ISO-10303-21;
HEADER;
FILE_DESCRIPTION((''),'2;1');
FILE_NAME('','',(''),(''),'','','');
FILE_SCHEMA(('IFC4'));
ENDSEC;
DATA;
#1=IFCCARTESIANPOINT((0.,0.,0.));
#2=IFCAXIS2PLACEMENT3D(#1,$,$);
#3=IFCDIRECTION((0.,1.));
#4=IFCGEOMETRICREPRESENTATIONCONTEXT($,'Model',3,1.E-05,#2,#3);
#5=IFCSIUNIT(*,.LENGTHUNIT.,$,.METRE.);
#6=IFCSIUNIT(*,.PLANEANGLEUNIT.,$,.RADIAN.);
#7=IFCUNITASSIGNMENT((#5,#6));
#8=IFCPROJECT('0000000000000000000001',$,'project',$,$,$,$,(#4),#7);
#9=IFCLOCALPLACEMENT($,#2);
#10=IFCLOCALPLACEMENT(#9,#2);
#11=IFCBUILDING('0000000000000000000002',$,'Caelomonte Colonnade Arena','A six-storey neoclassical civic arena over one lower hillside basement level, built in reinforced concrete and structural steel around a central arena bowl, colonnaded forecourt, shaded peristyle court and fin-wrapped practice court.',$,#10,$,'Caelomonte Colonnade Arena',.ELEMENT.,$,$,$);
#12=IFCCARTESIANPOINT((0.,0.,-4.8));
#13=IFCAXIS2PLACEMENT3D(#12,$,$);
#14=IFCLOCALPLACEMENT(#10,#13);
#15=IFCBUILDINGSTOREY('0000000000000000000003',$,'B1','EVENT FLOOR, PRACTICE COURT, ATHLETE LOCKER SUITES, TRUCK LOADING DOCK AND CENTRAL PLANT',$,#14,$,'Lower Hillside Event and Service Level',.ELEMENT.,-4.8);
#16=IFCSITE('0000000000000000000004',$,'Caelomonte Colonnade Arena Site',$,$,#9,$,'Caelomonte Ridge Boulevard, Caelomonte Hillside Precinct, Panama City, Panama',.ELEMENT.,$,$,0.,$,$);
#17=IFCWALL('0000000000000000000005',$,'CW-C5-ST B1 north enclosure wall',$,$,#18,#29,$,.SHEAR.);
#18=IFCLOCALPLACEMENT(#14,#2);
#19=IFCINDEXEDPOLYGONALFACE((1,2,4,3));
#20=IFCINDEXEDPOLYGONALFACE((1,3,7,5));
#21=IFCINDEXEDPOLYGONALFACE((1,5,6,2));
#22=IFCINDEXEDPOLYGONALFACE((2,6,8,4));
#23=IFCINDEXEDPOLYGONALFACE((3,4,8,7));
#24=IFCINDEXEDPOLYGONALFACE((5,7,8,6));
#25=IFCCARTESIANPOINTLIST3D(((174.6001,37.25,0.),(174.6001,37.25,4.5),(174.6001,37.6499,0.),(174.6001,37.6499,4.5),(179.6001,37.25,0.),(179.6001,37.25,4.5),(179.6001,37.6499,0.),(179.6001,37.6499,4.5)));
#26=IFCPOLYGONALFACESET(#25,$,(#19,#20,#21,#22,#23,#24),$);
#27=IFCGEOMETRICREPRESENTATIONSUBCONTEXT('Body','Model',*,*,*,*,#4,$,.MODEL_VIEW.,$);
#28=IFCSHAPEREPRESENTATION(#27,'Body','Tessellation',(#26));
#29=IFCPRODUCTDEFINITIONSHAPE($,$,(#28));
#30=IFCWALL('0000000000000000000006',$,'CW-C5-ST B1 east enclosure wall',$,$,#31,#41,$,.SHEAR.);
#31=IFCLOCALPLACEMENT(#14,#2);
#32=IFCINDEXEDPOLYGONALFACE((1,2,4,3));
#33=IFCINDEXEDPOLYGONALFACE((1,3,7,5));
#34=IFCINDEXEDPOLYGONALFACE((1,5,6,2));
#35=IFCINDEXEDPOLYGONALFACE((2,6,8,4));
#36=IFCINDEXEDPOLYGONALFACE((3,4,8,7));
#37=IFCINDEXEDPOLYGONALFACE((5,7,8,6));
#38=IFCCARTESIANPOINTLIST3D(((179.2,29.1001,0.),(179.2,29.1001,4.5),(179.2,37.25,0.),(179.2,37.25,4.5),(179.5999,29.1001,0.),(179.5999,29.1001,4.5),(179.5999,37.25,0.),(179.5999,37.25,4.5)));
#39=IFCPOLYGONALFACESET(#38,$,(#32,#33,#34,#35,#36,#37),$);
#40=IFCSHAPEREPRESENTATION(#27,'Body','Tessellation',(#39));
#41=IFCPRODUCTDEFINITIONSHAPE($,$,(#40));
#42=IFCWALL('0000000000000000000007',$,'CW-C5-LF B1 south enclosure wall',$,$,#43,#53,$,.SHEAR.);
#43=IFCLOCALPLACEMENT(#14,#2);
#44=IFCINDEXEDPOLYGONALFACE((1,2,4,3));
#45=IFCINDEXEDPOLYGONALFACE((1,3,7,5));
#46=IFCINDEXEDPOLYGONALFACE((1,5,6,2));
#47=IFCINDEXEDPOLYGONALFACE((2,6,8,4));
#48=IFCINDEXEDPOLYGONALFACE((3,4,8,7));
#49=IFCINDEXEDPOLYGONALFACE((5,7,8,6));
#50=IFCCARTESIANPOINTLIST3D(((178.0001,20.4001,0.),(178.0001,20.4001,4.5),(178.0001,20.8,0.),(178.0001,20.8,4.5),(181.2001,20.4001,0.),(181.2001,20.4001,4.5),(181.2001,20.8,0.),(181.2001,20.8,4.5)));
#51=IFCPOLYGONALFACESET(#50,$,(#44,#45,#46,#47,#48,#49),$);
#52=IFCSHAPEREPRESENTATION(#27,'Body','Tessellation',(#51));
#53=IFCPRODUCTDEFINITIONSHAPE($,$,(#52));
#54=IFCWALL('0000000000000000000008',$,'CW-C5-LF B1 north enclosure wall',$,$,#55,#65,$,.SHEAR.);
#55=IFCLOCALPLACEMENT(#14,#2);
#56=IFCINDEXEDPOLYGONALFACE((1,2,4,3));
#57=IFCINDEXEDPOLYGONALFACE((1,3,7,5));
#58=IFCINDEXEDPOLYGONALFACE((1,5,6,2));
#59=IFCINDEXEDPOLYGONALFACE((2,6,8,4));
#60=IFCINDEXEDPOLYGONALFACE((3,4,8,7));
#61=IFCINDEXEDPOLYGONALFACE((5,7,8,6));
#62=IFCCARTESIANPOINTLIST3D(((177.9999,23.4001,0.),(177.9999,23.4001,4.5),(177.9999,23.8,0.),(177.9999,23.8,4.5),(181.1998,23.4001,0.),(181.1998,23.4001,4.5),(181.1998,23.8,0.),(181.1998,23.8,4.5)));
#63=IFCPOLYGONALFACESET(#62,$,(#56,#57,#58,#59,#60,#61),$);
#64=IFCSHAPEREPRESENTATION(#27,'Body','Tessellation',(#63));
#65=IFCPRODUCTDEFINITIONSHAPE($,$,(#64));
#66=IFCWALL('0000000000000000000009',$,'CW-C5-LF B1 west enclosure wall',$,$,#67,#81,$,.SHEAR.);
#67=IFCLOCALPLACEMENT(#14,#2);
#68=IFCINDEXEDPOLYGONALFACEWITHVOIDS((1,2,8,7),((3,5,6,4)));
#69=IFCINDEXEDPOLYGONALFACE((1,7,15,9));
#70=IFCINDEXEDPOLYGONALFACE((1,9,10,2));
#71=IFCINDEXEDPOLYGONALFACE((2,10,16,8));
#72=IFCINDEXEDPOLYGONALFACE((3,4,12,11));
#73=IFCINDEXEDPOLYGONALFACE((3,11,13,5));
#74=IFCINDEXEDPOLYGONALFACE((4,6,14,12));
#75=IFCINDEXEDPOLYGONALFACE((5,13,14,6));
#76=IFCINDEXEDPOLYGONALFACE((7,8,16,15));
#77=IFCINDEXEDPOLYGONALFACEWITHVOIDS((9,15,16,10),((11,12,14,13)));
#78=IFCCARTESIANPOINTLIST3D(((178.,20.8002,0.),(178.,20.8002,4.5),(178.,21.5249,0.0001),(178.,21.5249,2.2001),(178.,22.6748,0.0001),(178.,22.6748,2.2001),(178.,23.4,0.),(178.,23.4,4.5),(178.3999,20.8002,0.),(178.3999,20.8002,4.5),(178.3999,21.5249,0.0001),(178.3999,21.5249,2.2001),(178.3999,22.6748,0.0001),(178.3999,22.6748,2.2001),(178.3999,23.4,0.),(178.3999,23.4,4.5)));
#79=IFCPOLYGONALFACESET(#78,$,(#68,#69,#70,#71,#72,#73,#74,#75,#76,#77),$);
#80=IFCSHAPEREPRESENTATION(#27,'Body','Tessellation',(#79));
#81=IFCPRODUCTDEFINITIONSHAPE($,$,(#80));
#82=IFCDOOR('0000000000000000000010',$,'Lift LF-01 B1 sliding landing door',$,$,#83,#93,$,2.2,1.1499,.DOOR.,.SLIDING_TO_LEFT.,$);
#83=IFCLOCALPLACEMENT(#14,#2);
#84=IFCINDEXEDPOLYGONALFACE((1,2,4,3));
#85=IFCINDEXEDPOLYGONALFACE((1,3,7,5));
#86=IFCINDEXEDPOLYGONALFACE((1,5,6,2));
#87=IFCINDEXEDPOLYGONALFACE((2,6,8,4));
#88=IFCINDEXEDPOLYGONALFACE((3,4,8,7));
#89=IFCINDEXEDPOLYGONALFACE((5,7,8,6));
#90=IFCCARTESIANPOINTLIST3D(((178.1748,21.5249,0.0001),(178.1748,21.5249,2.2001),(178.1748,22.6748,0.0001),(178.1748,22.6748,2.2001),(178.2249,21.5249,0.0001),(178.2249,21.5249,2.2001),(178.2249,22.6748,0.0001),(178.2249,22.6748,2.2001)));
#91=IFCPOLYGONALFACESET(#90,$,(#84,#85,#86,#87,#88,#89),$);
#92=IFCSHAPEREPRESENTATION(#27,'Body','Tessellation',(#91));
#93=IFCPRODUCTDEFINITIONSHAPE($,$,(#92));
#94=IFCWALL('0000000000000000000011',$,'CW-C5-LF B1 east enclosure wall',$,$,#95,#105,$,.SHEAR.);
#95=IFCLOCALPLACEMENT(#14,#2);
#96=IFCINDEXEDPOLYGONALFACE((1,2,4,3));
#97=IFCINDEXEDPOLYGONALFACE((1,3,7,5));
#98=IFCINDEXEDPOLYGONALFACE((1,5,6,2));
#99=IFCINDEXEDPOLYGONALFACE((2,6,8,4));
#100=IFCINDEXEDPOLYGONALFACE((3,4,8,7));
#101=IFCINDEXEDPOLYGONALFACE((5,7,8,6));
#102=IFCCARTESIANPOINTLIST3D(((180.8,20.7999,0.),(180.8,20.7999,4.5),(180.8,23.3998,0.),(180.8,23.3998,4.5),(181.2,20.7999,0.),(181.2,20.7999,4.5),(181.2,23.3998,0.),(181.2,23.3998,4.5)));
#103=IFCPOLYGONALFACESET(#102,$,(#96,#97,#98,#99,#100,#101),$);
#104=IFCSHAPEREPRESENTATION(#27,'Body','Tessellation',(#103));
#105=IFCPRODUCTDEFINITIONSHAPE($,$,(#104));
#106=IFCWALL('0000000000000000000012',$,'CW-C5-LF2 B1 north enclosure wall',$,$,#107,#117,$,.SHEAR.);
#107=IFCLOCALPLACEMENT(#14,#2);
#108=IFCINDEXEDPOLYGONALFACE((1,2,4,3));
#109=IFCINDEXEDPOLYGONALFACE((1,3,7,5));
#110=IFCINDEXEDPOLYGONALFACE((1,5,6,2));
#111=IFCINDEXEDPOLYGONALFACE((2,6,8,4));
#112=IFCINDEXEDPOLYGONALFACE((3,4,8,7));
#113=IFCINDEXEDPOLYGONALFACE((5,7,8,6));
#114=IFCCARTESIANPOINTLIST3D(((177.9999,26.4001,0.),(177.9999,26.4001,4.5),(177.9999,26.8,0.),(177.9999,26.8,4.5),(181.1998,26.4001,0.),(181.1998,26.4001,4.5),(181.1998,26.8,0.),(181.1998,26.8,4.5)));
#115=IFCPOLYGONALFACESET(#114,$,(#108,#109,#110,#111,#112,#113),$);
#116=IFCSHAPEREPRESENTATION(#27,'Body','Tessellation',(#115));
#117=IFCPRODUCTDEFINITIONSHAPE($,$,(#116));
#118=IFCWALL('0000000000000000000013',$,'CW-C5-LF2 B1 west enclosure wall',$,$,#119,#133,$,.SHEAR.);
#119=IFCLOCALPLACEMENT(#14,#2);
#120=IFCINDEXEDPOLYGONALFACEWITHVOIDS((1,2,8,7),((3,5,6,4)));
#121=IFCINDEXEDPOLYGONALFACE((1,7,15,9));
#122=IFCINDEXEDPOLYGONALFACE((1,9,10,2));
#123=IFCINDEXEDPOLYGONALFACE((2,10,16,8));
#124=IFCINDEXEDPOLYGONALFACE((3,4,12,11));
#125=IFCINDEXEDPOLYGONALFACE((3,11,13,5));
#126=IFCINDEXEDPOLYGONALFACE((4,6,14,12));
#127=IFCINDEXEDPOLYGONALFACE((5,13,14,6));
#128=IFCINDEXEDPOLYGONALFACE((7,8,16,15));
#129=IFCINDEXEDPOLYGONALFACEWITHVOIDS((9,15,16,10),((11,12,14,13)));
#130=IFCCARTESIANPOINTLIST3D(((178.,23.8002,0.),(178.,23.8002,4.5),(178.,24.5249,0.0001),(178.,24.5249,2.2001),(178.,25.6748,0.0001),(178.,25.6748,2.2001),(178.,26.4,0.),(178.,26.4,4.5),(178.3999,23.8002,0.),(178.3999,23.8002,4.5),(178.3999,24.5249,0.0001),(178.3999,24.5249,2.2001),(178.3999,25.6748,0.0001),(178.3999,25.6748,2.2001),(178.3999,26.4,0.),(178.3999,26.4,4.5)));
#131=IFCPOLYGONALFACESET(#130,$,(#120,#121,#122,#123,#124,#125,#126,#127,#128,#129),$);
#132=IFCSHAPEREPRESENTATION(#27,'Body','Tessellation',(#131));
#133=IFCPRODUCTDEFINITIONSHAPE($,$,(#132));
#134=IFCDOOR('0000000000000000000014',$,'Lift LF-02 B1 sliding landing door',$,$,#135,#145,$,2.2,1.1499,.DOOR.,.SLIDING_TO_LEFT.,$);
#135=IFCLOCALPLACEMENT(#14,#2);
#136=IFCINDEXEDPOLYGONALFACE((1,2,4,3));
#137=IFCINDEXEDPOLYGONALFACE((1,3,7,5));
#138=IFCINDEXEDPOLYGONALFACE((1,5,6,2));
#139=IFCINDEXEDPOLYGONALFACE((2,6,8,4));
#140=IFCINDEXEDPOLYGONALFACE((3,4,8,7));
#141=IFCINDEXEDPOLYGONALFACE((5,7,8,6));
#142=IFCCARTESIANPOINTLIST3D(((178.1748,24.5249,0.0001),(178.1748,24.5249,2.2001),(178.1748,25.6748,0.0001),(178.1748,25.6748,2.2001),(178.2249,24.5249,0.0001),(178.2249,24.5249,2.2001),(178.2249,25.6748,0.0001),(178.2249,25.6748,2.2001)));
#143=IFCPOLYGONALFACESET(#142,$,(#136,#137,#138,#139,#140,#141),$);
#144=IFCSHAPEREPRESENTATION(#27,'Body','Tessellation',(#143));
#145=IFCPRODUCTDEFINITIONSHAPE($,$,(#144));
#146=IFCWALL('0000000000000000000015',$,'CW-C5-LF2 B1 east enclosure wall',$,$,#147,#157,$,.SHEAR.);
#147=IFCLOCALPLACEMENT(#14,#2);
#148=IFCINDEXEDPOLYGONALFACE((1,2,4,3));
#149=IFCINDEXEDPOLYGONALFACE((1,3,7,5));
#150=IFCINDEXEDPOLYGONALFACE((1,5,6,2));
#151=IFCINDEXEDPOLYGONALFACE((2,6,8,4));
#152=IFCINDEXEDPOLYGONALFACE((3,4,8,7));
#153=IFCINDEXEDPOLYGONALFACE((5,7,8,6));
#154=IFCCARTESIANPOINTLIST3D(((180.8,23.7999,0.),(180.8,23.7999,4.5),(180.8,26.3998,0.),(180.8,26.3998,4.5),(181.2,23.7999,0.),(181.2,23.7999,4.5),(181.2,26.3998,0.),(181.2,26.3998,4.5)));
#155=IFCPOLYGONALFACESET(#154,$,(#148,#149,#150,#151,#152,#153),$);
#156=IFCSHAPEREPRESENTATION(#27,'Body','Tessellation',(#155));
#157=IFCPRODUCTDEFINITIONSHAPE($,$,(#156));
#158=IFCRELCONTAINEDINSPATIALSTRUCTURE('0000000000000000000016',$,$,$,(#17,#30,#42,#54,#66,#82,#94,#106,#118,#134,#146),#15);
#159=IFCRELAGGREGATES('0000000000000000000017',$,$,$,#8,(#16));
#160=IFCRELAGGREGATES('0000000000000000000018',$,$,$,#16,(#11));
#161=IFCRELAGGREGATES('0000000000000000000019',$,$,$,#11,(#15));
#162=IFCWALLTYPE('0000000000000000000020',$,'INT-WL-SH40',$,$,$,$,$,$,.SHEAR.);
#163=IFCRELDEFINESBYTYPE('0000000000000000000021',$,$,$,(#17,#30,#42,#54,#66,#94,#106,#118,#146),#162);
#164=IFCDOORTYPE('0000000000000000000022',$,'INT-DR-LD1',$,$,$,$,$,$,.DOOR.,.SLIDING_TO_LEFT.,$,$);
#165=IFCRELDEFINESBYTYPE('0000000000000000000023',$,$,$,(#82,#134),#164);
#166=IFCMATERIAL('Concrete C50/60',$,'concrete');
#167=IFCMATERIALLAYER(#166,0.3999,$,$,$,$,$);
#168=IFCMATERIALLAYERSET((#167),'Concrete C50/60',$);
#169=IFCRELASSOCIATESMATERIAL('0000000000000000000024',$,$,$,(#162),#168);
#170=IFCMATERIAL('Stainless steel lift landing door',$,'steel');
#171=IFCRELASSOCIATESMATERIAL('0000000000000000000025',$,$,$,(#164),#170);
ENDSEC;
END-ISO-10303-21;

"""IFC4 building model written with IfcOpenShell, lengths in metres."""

from ifc_helpers import new_model, si_unit, direction, frame, frame_2d, origin, place, context, subcontext, project, spatial, rectangle, extrude, material, layer, layer_set, type_object, element, fill, save


model = new_model("IFC4")

# Units and contexts
model_context = context("Model", 3, precision=1e-05, world=origin(), true_north=direction((0.0, 1.0)))
body_context = subcontext(model_context, "Body", "Model", "MODEL_VIEW")
ifc_project = project(units=[si_unit("LENGTHUNIT", "METRE"), si_unit("PLANEANGLEUNIT", "RADIAN")], contexts=[model_context])

# Site, building, storey
site_placement = place(None, origin())
site = spatial("IfcSite", under=ifc_project, at=site_placement, Name="Caelomonte Colonnade Arena Site", LongName="Caelomonte Ridge Boulevard, Caelomonte Hillside Precinct, Panama City, Panama", CompositionType="ELEMENT", RefElevation=0.0)
building_placement = place(site_placement, origin())
building = spatial("IfcBuilding", under=site, at=building_placement, Name="Caelomonte Colonnade Arena", Description="A six-storey neoclassical civic arena over one lower hillside basement level, built in reinforced concrete and structural steel around a central arena bowl, colonnaded forecourt, shaded peristyle court and fin-wrapped practice court.", LongName="Caelomonte Colonnade Arena", CompositionType="ELEMENT")
storey_placement = place(building_placement, frame((0.0, 0.0, -4.8)))
storey = spatial("IfcBuildingStorey", under=building, at=storey_placement, Name="B1", Description="EVENT FLOOR, PRACTICE COURT, ATHLETE LOCKER SUITES, TRUCK LOADING DOCK AND CENTRAL PLANT", LongName="Lower Hillside Event and Service Level", CompositionType="ELEMENT", Elevation=-4.8)

# Walls
ifc_material_1 = material(Name="Concrete C50/60", Category="concrete")
ifc_layer_1 = layer(ifc_material_1, 0.3999)
ifc_layer_set_1 = layer_set([ifc_layer_1], Name="Concrete C50/60")
wall_type_1 = type_object("IfcWallType", Name="INT-WL-SH40", PredefinedType="SHEAR", material=ifc_layer_set_1)
wall_1_placement = place(storey_placement, frame((179.6001, 37.45, 0.0), z_axis=(0.0, 0.0, 1.0), x_axis=(-1.0, 0.0, 0.0)))
element("IfcWall", 1, at=wall_1_placement, inside=storey, type_object=wall_type_1, Name="CW-C5-ST B1 north enclosure wall", PredefinedType="SHEAR", context=body_context, shape_type="SweptSolid", body=[
    extrude(rectangle(XDim=5.0, YDim=0.3999, at=frame_2d((2.5, 0.0))), origin(), (0.0, 0.0, 1.0), 4.5),
])
wall_2_placement = place(storey_placement, frame((179.3999, 29.1001, 0.0), z_axis=(0.0, 0.0, 1.0), x_axis=(0.0, 1.0, 0.0)))
element("IfcWall", 2, at=wall_2_placement, inside=storey, type_object=wall_type_1, Name="CW-C5-ST B1 east enclosure wall", PredefinedType="SHEAR", context=body_context, shape_type="SweptSolid", body=[
    extrude(rectangle(XDim=8.1499, YDim=0.3999, at=frame_2d((4.075, 0.0))), origin(), (0.0, 0.0, 1.0), 4.5),
])
for number, where, z_axis, x_axis, name in (
    (3, (178.0, 20.6001, 0.0), (0.0, 0.0, 1.0), (1.0, 0.0, 0.0), "CW-C5-LF B1 south enclosure wall"),
    (4, (181.2, 23.6001, 0.0), (0.0, 0.0, 1.0), (-1.0, 0.0, 0.0), "CW-C5-LF B1 north enclosure wall"),
):
    element("IfcWall", number, at=place(storey_placement, frame(where, z_axis=z_axis, x_axis=x_axis)), inside=storey, type_object=wall_type_1, Name=name, PredefinedType="SHEAR", context=body_context, shape_type="SweptSolid", body=[
        extrude(rectangle(XDim=3.2, YDim=0.3999, at=frame_2d((1.6001, 0.0))), origin(), (0.0, 0.0, 1.0), 4.5),
    ])

# Wall, opening, door
wall_3_placement = place(storey_placement, frame((178.2, 23.3999, 0.0), z_axis=(0.0, 0.0, 1.0), x_axis=(0.0, -1.0, 0.0)))
wall_3 = element("IfcWall", 5, at=wall_3_placement, inside=storey, type_object=wall_type_1, Name="CW-C5-LF B1 west enclosure wall", PredefinedType="SHEAR", context=body_context, shape_type="SweptSolid", body=[
    extrude(rectangle(XDim=2.5999, YDim=0.3999, at=frame_2d((1.2998, 0.0))), origin(), (0.0, 0.0, 1.0), 4.5),
])
opening_1_placement = place(wall_3_placement, frame((0.7251, 0.0, 0.0), z_axis=(0.0, 0.0, 1.0), x_axis=(1.0, 0.0, 0.0)))
opening_1 = element("IfcOpeningElement", 6, at=opening_1_placement, cuts=wall_3, PredefinedType="OPENING", context=body_context, shape_type="SweptSolid", body=[
    extrude(rectangle(XDim=1.1499, YDim=2.2, at=frame_2d((0.575, 1.1001))), frame((0.0, 0.21, 0.0), z_axis=(0.0, -1.0, 0.0), x_axis=(1.0, 0.0, 0.0)), (0.0, 0.0, 1.0), 0.4199),
])
ifc_material_2 = material(Name="Stainless steel lift landing door", Category="steel")
door_type = type_object("IfcDoorType", Name="INT-DR-LD1", OperationType="SLIDING_TO_LEFT", PredefinedType="DOOR", material=ifc_material_2)
door_1_placement = place(opening_1_placement, origin())
door_1 = element("IfcDoor", 7, at=door_1_placement, inside=storey, type_object=door_type, Name="Lift LF-01 B1 sliding landing door", OperationType="SLIDING_TO_LEFT", OverallHeight=2.2, OverallWidth=1.1499, PredefinedType="DOOR", context=body_context, shape_type="SweptSolid", body=[
    extrude(rectangle(XDim=1.1499, YDim=2.2, at=frame_2d((0.575, 1.1001))), frame((0.0, 0.0249, 0.0), z_axis=(0.0, -1.0, 0.0), x_axis=(1.0, 0.0, 0.0)), (0.0, 0.0, 1.0), 0.05),
])
fill(opening_1, door_1)

# Walls
wall_4_placement = place(storey_placement, frame((181.0, 20.8, 0.0), z_axis=(0.0, 0.0, 1.0), x_axis=(0.0, 1.0, 0.0)))
element("IfcWall", 8, at=wall_4_placement, inside=storey, type_object=wall_type_1, Name="CW-C5-LF B1 east enclosure wall", PredefinedType="SHEAR", context=body_context, shape_type="SweptSolid", body=[
    extrude(rectangle(XDim=2.5999, YDim=0.3999, at=frame_2d((1.2998, 0.0))), origin(), (0.0, 0.0, 1.0), 4.5),
])
wall_5_placement = place(storey_placement, frame((181.2, 26.6001, 0.0), z_axis=(0.0, 0.0, 1.0), x_axis=(-1.0, 0.0, 0.0)))
element("IfcWall", 9, at=wall_5_placement, inside=storey, type_object=wall_type_1, Name="CW-C5-LF2 B1 north enclosure wall", PredefinedType="SHEAR", context=body_context, shape_type="SweptSolid", body=[
    extrude(rectangle(XDim=3.2, YDim=0.3999, at=frame_2d((1.6001, 0.0))), origin(), (0.0, 0.0, 1.0), 4.5),
])

# Wall, opening, door
wall_6_placement = place(storey_placement, frame((178.2, 26.3999, 0.0), z_axis=(0.0, 0.0, 1.0), x_axis=(0.0, -1.0, 0.0)))
wall_6 = element("IfcWall", 10, at=wall_6_placement, inside=storey, type_object=wall_type_1, Name="CW-C5-LF2 B1 west enclosure wall", PredefinedType="SHEAR", context=body_context, shape_type="SweptSolid", body=[
    extrude(rectangle(XDim=2.5999, YDim=0.3999, at=frame_2d((1.2998, 0.0))), origin(), (0.0, 0.0, 1.0), 4.5),
])
opening_2_placement = place(wall_6_placement, frame((0.7251, 0.0, 0.0), z_axis=(0.0, 0.0, 1.0), x_axis=(1.0, 0.0, 0.0)))
opening_2 = element("IfcOpeningElement", 11, at=opening_2_placement, cuts=wall_6, PredefinedType="OPENING", context=body_context, shape_type="SweptSolid", body=[
    extrude(rectangle(XDim=1.1499, YDim=2.2, at=frame_2d((0.575, 1.1001))), frame((0.0, 0.21, 0.0), z_axis=(0.0, -1.0, 0.0), x_axis=(1.0, 0.0, 0.0)), (0.0, 0.0, 1.0), 0.4199),
])
door_2_placement = place(opening_2_placement, origin())
door_2 = element("IfcDoor", 12, at=door_2_placement, inside=storey, type_object=door_type, Name="Lift LF-02 B1 sliding landing door", OperationType="SLIDING_TO_LEFT", OverallHeight=2.2, OverallWidth=1.1499, PredefinedType="DOOR", context=body_context, shape_type="SweptSolid", body=[
    extrude(rectangle(XDim=1.1499, YDim=2.2, at=frame_2d((0.575, 1.1001))), frame((0.0, 0.0249, 0.0), z_axis=(0.0, -1.0, 0.0), x_axis=(1.0, 0.0, 0.0)), (0.0, 0.0, 1.0), 0.05),
])
fill(opening_2, door_2)

# Wall
wall_7_placement = place(storey_placement, frame((181.0, 23.8, 0.0), z_axis=(0.0, 0.0, 1.0), x_axis=(0.0, 1.0, 0.0)))
element("IfcWall", 13, at=wall_7_placement, inside=storey, type_object=wall_type_1, Name="CW-C5-LF2 B1 east enclosure wall", PredefinedType="SHEAR", context=body_context, shape_type="SweptSolid", body=[
    extrude(rectangle(XDim=2.5999, YDim=0.3999, at=frame_2d((1.2998, 0.0))), origin(), (0.0, 0.0, 1.0), 4.5),
])

save(model, "model.ifc")
